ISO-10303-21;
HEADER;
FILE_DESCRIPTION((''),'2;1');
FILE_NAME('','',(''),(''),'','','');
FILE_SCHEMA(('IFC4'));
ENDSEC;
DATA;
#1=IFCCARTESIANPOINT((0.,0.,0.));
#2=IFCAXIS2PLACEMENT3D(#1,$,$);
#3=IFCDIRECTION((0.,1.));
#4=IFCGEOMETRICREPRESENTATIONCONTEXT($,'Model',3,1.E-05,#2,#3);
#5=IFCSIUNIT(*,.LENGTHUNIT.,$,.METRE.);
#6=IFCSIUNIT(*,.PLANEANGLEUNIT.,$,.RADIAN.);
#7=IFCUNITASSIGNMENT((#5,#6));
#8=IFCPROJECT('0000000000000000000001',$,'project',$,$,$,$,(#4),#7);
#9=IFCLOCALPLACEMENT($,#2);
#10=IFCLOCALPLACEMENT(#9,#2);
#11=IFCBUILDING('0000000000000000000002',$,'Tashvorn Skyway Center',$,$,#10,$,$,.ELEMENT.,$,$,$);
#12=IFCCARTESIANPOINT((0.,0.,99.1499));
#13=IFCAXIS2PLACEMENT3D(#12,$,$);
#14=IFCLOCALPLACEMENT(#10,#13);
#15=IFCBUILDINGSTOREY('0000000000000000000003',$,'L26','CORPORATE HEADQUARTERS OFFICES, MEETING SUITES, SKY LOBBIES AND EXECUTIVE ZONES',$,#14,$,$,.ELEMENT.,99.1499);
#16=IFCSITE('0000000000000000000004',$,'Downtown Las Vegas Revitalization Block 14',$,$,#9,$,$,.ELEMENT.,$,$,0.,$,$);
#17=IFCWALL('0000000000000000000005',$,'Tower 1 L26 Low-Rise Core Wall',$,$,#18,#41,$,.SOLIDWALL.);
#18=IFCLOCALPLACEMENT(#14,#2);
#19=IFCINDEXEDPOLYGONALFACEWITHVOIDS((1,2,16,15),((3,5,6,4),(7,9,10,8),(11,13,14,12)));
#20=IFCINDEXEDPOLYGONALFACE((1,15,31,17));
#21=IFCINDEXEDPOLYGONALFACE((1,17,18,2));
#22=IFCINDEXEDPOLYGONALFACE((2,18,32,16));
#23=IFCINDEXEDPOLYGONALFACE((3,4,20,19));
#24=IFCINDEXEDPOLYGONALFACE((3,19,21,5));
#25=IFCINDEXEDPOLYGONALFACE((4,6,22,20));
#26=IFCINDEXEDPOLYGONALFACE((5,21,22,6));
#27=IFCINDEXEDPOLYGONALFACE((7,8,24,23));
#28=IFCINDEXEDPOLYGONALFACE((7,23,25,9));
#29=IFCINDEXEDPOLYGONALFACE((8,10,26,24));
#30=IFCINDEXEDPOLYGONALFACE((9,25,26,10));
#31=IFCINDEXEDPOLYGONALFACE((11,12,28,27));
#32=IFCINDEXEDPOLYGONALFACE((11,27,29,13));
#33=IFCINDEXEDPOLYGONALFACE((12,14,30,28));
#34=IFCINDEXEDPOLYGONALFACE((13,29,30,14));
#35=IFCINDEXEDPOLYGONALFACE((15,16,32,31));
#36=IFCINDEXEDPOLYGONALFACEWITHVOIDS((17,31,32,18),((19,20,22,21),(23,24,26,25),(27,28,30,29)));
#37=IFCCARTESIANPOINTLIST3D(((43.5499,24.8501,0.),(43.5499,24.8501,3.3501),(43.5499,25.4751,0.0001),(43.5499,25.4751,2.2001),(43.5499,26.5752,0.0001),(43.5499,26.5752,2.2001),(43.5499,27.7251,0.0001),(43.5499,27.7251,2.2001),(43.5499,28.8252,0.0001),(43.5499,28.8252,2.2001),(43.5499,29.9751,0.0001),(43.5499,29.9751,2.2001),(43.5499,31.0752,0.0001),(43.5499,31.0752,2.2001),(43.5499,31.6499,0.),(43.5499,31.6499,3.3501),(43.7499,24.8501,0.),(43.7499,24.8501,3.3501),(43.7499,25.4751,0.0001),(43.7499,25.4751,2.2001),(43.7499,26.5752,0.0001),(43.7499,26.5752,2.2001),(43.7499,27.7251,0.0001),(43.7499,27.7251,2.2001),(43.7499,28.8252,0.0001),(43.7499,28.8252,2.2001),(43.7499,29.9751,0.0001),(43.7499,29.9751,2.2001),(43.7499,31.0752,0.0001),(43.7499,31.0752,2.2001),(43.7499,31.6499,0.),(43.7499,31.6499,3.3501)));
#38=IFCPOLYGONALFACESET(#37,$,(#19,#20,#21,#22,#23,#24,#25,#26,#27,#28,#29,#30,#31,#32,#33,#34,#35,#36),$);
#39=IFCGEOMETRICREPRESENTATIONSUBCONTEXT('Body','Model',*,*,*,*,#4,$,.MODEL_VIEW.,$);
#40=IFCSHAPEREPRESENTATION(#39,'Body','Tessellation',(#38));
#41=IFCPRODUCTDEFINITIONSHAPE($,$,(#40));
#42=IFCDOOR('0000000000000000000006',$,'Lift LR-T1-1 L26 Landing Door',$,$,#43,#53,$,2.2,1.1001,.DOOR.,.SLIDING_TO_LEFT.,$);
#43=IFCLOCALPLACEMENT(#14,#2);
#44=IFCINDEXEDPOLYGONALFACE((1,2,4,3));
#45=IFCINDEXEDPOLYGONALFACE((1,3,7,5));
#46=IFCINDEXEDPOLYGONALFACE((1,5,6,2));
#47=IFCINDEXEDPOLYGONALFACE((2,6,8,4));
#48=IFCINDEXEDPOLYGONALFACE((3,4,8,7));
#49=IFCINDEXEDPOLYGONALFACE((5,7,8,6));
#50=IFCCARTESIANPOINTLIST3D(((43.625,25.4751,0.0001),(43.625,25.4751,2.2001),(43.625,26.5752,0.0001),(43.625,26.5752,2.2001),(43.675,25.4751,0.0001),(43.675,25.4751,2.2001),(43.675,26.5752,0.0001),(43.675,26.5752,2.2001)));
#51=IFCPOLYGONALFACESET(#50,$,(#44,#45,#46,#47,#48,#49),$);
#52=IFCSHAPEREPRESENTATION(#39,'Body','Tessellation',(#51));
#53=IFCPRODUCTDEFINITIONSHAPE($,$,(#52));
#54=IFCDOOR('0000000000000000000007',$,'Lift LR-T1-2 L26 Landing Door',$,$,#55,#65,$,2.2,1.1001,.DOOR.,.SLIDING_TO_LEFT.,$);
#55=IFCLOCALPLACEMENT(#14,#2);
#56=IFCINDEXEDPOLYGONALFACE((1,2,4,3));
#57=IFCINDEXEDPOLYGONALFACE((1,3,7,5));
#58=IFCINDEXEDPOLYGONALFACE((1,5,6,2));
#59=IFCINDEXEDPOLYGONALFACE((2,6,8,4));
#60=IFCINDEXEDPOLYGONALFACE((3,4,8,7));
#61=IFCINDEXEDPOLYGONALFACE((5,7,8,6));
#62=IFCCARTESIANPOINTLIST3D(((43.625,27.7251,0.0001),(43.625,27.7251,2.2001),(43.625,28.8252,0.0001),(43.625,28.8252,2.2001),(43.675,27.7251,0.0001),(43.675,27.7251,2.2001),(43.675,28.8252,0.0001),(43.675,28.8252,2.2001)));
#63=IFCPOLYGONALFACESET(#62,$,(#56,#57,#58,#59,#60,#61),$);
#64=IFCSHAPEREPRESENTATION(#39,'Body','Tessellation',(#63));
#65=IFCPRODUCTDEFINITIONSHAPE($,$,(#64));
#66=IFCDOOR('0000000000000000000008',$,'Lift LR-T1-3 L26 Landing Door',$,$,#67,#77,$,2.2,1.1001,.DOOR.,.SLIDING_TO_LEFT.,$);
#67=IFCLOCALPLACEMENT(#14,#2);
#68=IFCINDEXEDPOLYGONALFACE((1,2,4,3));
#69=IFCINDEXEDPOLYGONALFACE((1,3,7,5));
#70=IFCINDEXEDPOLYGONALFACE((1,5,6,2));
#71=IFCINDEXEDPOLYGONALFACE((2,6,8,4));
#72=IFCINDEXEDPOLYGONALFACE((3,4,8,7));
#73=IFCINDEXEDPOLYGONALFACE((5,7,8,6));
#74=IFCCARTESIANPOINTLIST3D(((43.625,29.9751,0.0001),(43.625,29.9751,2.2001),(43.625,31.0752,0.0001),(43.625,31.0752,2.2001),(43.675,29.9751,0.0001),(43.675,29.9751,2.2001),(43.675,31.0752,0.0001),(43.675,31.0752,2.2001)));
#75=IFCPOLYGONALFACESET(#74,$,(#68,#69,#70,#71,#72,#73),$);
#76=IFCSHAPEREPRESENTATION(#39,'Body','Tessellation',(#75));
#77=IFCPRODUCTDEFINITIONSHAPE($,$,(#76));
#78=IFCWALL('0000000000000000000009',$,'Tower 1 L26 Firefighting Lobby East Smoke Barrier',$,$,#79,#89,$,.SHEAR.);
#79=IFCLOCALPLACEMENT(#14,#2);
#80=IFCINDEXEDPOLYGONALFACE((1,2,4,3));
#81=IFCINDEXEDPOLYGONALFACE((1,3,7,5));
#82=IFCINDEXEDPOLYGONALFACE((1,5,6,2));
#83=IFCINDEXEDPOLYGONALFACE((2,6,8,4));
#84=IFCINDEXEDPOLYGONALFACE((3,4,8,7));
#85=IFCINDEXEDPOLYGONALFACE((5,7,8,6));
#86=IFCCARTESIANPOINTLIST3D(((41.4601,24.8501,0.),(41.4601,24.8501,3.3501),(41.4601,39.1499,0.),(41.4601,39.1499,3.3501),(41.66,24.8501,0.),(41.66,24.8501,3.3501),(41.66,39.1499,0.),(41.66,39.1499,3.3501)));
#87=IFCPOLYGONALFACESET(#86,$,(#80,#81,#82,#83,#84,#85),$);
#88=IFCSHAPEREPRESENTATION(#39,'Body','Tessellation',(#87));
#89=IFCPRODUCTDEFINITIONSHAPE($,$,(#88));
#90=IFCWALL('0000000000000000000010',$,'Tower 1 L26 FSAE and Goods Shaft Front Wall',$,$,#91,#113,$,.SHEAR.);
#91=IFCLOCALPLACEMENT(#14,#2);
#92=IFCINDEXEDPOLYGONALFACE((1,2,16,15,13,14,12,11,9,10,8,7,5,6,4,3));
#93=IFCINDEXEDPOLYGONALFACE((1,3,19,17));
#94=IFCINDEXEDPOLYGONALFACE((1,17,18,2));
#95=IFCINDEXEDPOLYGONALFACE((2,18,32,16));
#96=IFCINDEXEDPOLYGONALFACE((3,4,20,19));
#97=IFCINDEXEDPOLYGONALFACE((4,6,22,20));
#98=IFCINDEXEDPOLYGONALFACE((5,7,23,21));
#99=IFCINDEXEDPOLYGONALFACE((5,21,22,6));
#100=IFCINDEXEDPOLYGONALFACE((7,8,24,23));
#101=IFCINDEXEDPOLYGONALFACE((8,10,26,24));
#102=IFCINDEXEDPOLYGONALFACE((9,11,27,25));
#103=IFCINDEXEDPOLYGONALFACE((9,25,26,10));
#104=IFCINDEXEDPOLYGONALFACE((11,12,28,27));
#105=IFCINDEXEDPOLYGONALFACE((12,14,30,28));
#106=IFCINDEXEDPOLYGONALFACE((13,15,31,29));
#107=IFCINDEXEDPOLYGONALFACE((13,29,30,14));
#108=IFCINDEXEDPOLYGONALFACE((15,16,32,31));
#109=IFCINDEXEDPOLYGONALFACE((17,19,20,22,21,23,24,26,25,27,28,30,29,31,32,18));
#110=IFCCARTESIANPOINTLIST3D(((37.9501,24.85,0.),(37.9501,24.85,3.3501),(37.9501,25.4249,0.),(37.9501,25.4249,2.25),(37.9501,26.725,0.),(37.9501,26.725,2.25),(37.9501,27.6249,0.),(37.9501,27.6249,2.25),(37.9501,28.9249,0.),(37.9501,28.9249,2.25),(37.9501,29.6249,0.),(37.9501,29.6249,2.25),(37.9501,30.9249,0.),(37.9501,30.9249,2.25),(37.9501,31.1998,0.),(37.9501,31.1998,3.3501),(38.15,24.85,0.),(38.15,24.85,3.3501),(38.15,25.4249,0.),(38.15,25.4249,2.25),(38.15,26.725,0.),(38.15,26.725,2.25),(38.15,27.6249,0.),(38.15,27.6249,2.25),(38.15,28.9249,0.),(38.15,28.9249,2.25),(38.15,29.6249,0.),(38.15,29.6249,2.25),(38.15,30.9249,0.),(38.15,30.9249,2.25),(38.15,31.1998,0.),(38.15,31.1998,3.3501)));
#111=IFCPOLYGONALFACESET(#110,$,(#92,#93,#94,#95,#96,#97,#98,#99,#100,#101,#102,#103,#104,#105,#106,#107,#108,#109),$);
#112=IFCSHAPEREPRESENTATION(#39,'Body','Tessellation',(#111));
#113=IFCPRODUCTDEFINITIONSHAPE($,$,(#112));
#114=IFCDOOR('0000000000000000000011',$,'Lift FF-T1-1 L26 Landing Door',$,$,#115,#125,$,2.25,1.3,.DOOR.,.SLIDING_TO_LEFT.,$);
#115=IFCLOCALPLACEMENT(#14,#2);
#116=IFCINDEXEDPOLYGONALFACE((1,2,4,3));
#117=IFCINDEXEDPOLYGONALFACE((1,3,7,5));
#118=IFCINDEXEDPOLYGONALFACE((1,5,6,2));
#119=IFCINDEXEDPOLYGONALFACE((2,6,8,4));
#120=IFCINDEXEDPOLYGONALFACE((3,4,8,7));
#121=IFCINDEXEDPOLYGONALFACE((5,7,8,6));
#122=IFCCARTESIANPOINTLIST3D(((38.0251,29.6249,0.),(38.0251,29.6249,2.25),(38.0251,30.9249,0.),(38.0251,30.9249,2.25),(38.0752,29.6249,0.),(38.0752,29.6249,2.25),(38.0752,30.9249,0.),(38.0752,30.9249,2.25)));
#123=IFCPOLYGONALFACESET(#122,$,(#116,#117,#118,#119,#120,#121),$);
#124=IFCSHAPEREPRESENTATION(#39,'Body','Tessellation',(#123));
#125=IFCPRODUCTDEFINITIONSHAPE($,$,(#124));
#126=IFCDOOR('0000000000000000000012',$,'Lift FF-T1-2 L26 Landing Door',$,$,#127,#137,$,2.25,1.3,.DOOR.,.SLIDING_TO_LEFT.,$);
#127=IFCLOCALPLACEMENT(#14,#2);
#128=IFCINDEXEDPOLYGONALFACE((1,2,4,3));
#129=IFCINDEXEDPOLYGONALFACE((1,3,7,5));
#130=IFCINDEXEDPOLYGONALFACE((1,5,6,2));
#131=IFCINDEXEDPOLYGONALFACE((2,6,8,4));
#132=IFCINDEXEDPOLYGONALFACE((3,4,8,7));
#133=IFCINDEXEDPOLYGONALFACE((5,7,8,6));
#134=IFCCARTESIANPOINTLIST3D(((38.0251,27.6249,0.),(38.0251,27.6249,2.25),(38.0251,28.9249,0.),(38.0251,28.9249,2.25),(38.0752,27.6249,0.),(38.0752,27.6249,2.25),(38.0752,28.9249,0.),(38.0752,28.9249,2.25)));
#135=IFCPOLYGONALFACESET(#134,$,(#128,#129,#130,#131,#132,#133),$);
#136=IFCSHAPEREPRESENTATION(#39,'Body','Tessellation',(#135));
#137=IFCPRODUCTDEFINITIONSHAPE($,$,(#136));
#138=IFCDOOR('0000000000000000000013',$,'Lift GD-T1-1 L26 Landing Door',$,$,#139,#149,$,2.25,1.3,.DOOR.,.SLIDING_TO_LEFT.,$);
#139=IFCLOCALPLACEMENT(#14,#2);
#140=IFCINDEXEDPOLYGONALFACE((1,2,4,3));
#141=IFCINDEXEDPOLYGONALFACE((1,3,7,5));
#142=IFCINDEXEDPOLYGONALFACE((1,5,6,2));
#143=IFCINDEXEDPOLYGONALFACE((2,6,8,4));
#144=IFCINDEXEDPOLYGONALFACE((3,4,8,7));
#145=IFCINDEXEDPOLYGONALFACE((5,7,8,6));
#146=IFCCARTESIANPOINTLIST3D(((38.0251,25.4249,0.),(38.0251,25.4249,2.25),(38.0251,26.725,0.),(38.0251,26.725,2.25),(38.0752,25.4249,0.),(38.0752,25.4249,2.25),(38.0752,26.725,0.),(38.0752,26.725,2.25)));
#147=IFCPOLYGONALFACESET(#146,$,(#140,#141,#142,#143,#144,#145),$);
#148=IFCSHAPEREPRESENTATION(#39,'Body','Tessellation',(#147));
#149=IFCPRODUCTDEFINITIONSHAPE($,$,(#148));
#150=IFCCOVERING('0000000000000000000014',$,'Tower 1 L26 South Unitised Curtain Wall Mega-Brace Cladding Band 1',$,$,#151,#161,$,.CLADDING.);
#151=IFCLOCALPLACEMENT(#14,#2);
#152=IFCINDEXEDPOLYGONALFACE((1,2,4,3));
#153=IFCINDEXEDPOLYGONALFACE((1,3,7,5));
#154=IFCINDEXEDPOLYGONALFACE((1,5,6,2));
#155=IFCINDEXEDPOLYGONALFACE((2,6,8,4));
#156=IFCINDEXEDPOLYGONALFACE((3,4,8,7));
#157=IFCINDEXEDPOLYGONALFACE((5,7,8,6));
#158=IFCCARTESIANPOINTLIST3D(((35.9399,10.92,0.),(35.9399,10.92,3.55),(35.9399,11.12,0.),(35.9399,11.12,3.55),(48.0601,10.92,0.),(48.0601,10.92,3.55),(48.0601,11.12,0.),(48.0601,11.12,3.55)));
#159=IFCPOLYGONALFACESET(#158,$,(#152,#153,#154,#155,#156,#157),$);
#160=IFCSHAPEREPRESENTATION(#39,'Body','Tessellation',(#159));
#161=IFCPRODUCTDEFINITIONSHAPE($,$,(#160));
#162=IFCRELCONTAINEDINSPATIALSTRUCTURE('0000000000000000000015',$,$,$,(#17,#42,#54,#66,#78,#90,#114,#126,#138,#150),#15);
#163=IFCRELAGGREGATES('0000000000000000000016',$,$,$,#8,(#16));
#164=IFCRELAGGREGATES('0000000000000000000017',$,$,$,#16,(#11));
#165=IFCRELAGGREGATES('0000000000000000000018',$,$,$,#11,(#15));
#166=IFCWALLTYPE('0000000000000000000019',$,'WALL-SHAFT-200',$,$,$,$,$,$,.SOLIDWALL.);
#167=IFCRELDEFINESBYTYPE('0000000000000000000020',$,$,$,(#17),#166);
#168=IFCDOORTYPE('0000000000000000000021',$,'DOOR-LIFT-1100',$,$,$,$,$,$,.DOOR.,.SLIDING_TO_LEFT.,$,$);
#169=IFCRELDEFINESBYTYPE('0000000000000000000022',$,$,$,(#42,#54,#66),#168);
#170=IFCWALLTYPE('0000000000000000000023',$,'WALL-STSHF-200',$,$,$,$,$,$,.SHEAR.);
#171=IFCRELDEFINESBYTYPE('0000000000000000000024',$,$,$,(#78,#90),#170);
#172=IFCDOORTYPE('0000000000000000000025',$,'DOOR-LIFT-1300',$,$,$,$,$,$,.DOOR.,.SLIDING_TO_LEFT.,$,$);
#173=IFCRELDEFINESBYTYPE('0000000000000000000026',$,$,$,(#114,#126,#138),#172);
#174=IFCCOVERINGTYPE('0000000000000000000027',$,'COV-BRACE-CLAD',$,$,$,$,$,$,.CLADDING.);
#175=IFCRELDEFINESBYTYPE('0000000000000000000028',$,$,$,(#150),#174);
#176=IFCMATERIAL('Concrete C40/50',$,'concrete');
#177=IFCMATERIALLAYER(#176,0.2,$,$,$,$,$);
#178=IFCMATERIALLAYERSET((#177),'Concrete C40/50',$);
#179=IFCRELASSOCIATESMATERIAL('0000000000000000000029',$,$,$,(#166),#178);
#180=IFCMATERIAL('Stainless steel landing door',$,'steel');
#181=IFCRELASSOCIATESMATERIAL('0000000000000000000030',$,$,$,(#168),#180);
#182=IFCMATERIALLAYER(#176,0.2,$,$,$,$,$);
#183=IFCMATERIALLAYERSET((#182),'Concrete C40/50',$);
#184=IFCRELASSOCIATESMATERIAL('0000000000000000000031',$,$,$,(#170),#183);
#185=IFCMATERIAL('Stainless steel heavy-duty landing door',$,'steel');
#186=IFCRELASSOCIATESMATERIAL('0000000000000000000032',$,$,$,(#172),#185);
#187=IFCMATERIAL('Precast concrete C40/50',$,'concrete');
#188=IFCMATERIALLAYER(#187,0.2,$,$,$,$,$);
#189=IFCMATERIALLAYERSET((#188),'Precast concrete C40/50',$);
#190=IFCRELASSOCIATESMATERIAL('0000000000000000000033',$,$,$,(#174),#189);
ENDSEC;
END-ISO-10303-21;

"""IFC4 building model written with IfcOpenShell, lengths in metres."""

from ifc_helpers import new_model, si_unit, direction, frame, frame_2d, origin, origin_2d, place, context, subcontext, project, spatial, rectangle, extrude, material, layer, layer_set, type_object, element, fill, save


model = new_model("IFC4")

# Units and contexts
model_context = context("Model", 3, precision=1e-05, world=origin(), true_north=direction((0.0, 1.0)))
body_context = subcontext(model_context, "Body", "Model", "MODEL_VIEW")
ifc_project = project(units=[si_unit("LENGTHUNIT", "METRE"), si_unit("PLANEANGLEUNIT", "RADIAN")], contexts=[model_context])

# Site, building, storey
site_placement = place(None, origin())
site = spatial("IfcSite", under=ifc_project, at=site_placement, Name="Downtown Las Vegas Revitalization Block 14", CompositionType="ELEMENT", RefElevation=0.0)
building_placement = place(site_placement, origin())
building = spatial("IfcBuilding", under=site, at=building_placement, Name="Tashvorn Skyway Center", CompositionType="ELEMENT")
storey_placement = place(building_placement, frame((0.0, 0.0, 99.1499)))
storey = spatial("IfcBuildingStorey", under=building, at=storey_placement, Name="L26", Description="CORPORATE HEADQUARTERS OFFICES, MEETING SUITES, SKY LOBBIES AND EXECUTIVE ZONES", CompositionType="ELEMENT", Elevation=99.1499)

# Wall, openings, doors
ifc_material_1 = material(Name="Concrete C40/50", Category="concrete")
ifc_layer_1 = layer(ifc_material_1, 0.2)
ifc_layer_set_1 = layer_set([ifc_layer_1], Name="Concrete C40/50")
wall_type_1 = type_object("IfcWallType", Name="WALL-SHAFT-200", PredefinedType="SOLIDWALL", material=ifc_layer_set_1)
wall_1_placement = place(storey_placement, frame((43.6499, 24.8501, 0.0), z_axis=(0.0, 0.0, 1.0), x_axis=(0.0, 1.0, 0.0)))
wall_1 = element("IfcWall", 1, at=wall_1_placement, inside=storey, type_object=wall_type_1, Name="Tower 1 L26 Low-Rise Core Wall", PredefinedType="SOLIDWALL", context=body_context, shape_type="SweptSolid", body=[
    extrude(rectangle(XDim=6.7998, YDim=0.2, at=frame_2d((3.3999, 0.0))), origin(), (0.0, 0.0, 1.0), 3.3501),
])
opening_1_placement = place(wall_1_placement, frame((0.625, 0.0, 0.0)))
opening_1 = element("IfcOpeningElement", 2, at=opening_1_placement, cuts=wall_1, PredefinedType="OPENING", context=body_context, shape_type="SweptSolid", body=[
    extrude(rectangle(XDim=1.1001, YDim=2.2, at=frame_2d((0.55, 1.1001))), frame((0.0, 0.1099, 0.0), z_axis=(0.0, -1.0, 0.0), x_axis=(1.0, 0.0, 0.0)), (0.0, 0.0, 1.0), 0.22),
])
opening_2_placement = place(wall_1_placement, frame((2.875, 0.0, 0.0)))
opening_2 = element("IfcOpeningElement", 3, at=opening_2_placement, cuts=wall_1, PredefinedType="OPENING", context=body_context, shape_type="SweptSolid", body=[
    extrude(rectangle(XDim=1.1001, YDim=2.2, at=frame_2d((0.55, 1.1001))), frame((0.0, 0.1099, 0.0), z_axis=(0.0, -1.0, 0.0), x_axis=(1.0, 0.0, 0.0)), (0.0, 0.0, 1.0), 0.22),
])
opening_3_placement = place(wall_1_placement, frame((5.125, 0.0, 0.0)))
opening_3 = element("IfcOpeningElement", 4, at=opening_3_placement, cuts=wall_1, PredefinedType="OPENING", context=body_context, shape_type="SweptSolid", body=[
    extrude(rectangle(XDim=1.1001, YDim=2.2, at=frame_2d((0.55, 1.1001))), frame((0.0, 0.1099, 0.0), z_axis=(0.0, -1.0, 0.0), x_axis=(1.0, 0.0, 0.0)), (0.0, 0.0, 1.0), 0.22),
])
ifc_material_2 = material(Name="Stainless steel landing door", Category="steel")
door_type_1 = type_object("IfcDoorType", Name="DOOR-LIFT-1100", OperationType="SLIDING_TO_LEFT", PredefinedType="DOOR", material=ifc_material_2)
door_1_placement = place(opening_1_placement, origin())
door_1 = element("IfcDoor", 5, at=door_1_placement, inside=storey, type_object=door_type_1, Name="Lift LR-T1-1 L26 Landing Door", OperationType="SLIDING_TO_LEFT", OverallHeight=2.2, OverallWidth=1.1001, PredefinedType="DOOR", context=body_context, shape_type="SweptSolid", body=[
    extrude(rectangle(XDim=1.1001, YDim=2.2, at=frame_2d((0.55, 1.1001))), frame((0.0, 0.0249, 0.0), z_axis=(0.0, -1.0, 0.0), x_axis=(1.0, 0.0, 0.0)), (0.0, 0.0, 1.0), 0.05),
])
fill(opening_1, door_1)
door_2_placement = place(opening_2_placement, origin())
door_2 = element("IfcDoor", 6, at=door_2_placement, inside=storey, type_object=door_type_1, Name="Lift LR-T1-2 L26 Landing Door", OperationType="SLIDING_TO_LEFT", OverallHeight=2.2, OverallWidth=1.1001, PredefinedType="DOOR", context=body_context, shape_type="SweptSolid", body=[
    extrude(rectangle(XDim=1.1001, YDim=2.2, at=frame_2d((0.55, 1.1001))), frame((0.0, 0.0249, 0.0), z_axis=(0.0, -1.0, 0.0), x_axis=(1.0, 0.0, 0.0)), (0.0, 0.0, 1.0), 0.05),
])
fill(opening_2, door_2)
door_3_placement = place(opening_3_placement, origin())
door_3 = element("IfcDoor", 7, at=door_3_placement, inside=storey, type_object=door_type_1, Name="Lift LR-T1-3 L26 Landing Door", OperationType="SLIDING_TO_LEFT", OverallHeight=2.2, OverallWidth=1.1001, PredefinedType="DOOR", context=body_context, shape_type="SweptSolid", body=[
    extrude(rectangle(XDim=1.1001, YDim=2.2, at=frame_2d((0.55, 1.1001))), frame((0.0, 0.0249, 0.0), z_axis=(0.0, -1.0, 0.0), x_axis=(1.0, 0.0, 0.0)), (0.0, 0.0, 1.0), 0.05),
])
fill(opening_3, door_3)

# Wall
ifc_layer_2 = layer(ifc_material_1, 0.2)
ifc_layer_set_2 = layer_set([ifc_layer_2], Name="Concrete C40/50")
wall_type_2 = type_object("IfcWallType", Name="WALL-STSHF-200", PredefinedType="SHEAR", material=ifc_layer_set_2)
wall_2_placement = place(storey_placement, frame((41.5601, 24.8501, 0.0), z_axis=(0.0, 0.0, 1.0), x_axis=(0.0, 1.0, 0.0)))
element("IfcWall", 8, at=wall_2_placement, inside=storey, type_object=wall_type_2, Name="Tower 1 L26 Firefighting Lobby East Smoke Barrier", PredefinedType="SHEAR", context=body_context, shape_type="SweptSolid", body=[
    extrude(rectangle(XDim=14.2998, YDim=0.2, at=frame_2d((7.1499, 0.0))), origin(), (0.0, 0.0, 1.0), 3.3501),
])

# Wall, openings, doors
wall_3_placement = place(storey_placement, frame((38.05, 24.8501, 0.0), z_axis=(0.0, 0.0, 1.0), x_axis=(0.0, 1.0, 0.0)))
wall_3 = element("IfcWall", 9, at=wall_3_placement, inside=storey, type_object=wall_type_2, Name="Tower 1 L26 FSAE and Goods Shaft Front Wall", PredefinedType="SHEAR", context=body_context, shape_type="SweptSolid", body=[
    extrude(rectangle(XDim=6.3499, YDim=0.2, at=frame_2d((3.1748, 0.0))), origin(), (0.0, 0.0, 1.0), 3.3501),
])
opening_4_placement = place(wall_3_placement, frame((4.7749, 0.0, 0.0)))
opening_4 = element("IfcOpeningElement", 10, at=opening_4_placement, cuts=wall_3, PredefinedType="OPENING", context=body_context, shape_type="SweptSolid", body=[
    extrude(rectangle(XDim=1.3, YDim=2.25, at=frame_2d((0.6499, 1.125))), frame((0.0, 0.1099, 0.0), z_axis=(0.0, -1.0, 0.0), x_axis=(1.0, 0.0, 0.0)), (0.0, 0.0, 1.0), 0.22),
])
opening_5_placement = place(wall_3_placement, frame((2.7749, 0.0, 0.0)))
opening_5 = element("IfcOpeningElement", 11, at=opening_5_placement, cuts=wall_3, PredefinedType="OPENING", context=body_context, shape_type="SweptSolid", body=[
    extrude(rectangle(XDim=1.3, YDim=2.25, at=frame_2d((0.6499, 1.125))), frame((0.0, 0.1099, 0.0), z_axis=(0.0, -1.0, 0.0), x_axis=(1.0, 0.0, 0.0)), (0.0, 0.0, 1.0), 0.22),
])
opening_6_placement = place(wall_3_placement, frame((0.575, 0.0, 0.0)))
opening_6 = element("IfcOpeningElement", 12, at=opening_6_placement, cuts=wall_3, PredefinedType="OPENING", context=body_context, shape_type="SweptSolid", body=[
    extrude(rectangle(XDim=1.3, YDim=2.25, at=frame_2d((0.6499, 1.125))), frame((0.0, 0.1099, 0.0), z_axis=(0.0, -1.0, 0.0), x_axis=(1.0, 0.0, 0.0)), (0.0, 0.0, 1.0), 0.22),
])
ifc_material_3 = material(Name="Stainless steel heavy-duty landing door", Category="steel")
door_type_2 = type_object("IfcDoorType", Name="DOOR-LIFT-1300", OperationType="SLIDING_TO_LEFT", PredefinedType="DOOR", material=ifc_material_3)
door_4_placement = place(opening_4_placement, origin())
door_4 = element("IfcDoor", 13, at=door_4_placement, inside=storey, type_object=door_type_2, Name="Lift FF-T1-1 L26 Landing Door", OperationType="SLIDING_TO_LEFT", OverallHeight=2.25, OverallWidth=1.3, PredefinedType="DOOR", context=body_context, shape_type="SweptSolid", body=[
    extrude(rectangle(XDim=1.3, YDim=2.25, at=frame_2d((0.6499, 1.125))), frame((0.0, 0.0249, 0.0), z_axis=(0.0, -1.0, 0.0), x_axis=(1.0, 0.0, 0.0)), (0.0, 0.0, 1.0), 0.05),
])
fill(opening_4, door_4)
door_5_placement = place(opening_5_placement, origin())
door_5 = element("IfcDoor", 14, at=door_5_placement, inside=storey, type_object=door_type_2, Name="Lift FF-T1-2 L26 Landing Door", OperationType="SLIDING_TO_LEFT", OverallHeight=2.25, OverallWidth=1.3, PredefinedType="DOOR", context=body_context, shape_type="SweptSolid", body=[
    extrude(rectangle(XDim=1.3, YDim=2.25, at=frame_2d((0.6499, 1.125))), frame((0.0, 0.0249, 0.0), z_axis=(0.0, -1.0, 0.0), x_axis=(1.0, 0.0, 0.0)), (0.0, 0.0, 1.0), 0.05),
])
fill(opening_5, door_5)
door_6_placement = place(opening_6_placement, origin())
door_6 = element("IfcDoor", 15, at=door_6_placement, inside=storey, type_object=door_type_2, Name="Lift GD-T1-1 L26 Landing Door", OperationType="SLIDING_TO_LEFT", OverallHeight=2.25, OverallWidth=1.3, PredefinedType="DOOR", context=body_context, shape_type="SweptSolid", body=[
    extrude(rectangle(XDim=1.3, YDim=2.25, at=frame_2d((0.6499, 1.125))), frame((0.0, 0.0249, 0.0), z_axis=(0.0, -1.0, 0.0), x_axis=(1.0, 0.0, 0.0)), (0.0, 0.0, 1.0), 0.05),
])
fill(opening_6, door_6)

# Covering
ifc_material_4 = material(Name="Precast concrete C40/50", Category="concrete")
ifc_layer_3 = layer(ifc_material_4, 0.2)
ifc_layer_set_3 = layer_set([ifc_layer_3], Name="Precast concrete C40/50")
covering_type_1 = type_object("IfcCoveringType", Name="COV-BRACE-CLAD", PredefinedType="CLADDING", material=ifc_layer_set_3)
covering_placement = place(storey_placement, frame((42.0, 11.02, 0.0), z_axis=(0.0, 0.0, 1.0), x_axis=(-1.0, 0.0, 0.0)))
element("IfcCovering", 16, at=covering_placement, inside=storey, type_object=covering_type_1, Name="Tower 1 L26 South Unitised Curtain Wall Mega-Brace Cladding Band 1", PredefinedType="CLADDING", context=body_context, shape_type="SweptSolid", body=[
    extrude(rectangle(XDim=12.1201, YDim=0.2, at=origin_2d()), origin(), (0.0, 0.0, 1.0), 3.55),
])

save(model, "model.ifc")
